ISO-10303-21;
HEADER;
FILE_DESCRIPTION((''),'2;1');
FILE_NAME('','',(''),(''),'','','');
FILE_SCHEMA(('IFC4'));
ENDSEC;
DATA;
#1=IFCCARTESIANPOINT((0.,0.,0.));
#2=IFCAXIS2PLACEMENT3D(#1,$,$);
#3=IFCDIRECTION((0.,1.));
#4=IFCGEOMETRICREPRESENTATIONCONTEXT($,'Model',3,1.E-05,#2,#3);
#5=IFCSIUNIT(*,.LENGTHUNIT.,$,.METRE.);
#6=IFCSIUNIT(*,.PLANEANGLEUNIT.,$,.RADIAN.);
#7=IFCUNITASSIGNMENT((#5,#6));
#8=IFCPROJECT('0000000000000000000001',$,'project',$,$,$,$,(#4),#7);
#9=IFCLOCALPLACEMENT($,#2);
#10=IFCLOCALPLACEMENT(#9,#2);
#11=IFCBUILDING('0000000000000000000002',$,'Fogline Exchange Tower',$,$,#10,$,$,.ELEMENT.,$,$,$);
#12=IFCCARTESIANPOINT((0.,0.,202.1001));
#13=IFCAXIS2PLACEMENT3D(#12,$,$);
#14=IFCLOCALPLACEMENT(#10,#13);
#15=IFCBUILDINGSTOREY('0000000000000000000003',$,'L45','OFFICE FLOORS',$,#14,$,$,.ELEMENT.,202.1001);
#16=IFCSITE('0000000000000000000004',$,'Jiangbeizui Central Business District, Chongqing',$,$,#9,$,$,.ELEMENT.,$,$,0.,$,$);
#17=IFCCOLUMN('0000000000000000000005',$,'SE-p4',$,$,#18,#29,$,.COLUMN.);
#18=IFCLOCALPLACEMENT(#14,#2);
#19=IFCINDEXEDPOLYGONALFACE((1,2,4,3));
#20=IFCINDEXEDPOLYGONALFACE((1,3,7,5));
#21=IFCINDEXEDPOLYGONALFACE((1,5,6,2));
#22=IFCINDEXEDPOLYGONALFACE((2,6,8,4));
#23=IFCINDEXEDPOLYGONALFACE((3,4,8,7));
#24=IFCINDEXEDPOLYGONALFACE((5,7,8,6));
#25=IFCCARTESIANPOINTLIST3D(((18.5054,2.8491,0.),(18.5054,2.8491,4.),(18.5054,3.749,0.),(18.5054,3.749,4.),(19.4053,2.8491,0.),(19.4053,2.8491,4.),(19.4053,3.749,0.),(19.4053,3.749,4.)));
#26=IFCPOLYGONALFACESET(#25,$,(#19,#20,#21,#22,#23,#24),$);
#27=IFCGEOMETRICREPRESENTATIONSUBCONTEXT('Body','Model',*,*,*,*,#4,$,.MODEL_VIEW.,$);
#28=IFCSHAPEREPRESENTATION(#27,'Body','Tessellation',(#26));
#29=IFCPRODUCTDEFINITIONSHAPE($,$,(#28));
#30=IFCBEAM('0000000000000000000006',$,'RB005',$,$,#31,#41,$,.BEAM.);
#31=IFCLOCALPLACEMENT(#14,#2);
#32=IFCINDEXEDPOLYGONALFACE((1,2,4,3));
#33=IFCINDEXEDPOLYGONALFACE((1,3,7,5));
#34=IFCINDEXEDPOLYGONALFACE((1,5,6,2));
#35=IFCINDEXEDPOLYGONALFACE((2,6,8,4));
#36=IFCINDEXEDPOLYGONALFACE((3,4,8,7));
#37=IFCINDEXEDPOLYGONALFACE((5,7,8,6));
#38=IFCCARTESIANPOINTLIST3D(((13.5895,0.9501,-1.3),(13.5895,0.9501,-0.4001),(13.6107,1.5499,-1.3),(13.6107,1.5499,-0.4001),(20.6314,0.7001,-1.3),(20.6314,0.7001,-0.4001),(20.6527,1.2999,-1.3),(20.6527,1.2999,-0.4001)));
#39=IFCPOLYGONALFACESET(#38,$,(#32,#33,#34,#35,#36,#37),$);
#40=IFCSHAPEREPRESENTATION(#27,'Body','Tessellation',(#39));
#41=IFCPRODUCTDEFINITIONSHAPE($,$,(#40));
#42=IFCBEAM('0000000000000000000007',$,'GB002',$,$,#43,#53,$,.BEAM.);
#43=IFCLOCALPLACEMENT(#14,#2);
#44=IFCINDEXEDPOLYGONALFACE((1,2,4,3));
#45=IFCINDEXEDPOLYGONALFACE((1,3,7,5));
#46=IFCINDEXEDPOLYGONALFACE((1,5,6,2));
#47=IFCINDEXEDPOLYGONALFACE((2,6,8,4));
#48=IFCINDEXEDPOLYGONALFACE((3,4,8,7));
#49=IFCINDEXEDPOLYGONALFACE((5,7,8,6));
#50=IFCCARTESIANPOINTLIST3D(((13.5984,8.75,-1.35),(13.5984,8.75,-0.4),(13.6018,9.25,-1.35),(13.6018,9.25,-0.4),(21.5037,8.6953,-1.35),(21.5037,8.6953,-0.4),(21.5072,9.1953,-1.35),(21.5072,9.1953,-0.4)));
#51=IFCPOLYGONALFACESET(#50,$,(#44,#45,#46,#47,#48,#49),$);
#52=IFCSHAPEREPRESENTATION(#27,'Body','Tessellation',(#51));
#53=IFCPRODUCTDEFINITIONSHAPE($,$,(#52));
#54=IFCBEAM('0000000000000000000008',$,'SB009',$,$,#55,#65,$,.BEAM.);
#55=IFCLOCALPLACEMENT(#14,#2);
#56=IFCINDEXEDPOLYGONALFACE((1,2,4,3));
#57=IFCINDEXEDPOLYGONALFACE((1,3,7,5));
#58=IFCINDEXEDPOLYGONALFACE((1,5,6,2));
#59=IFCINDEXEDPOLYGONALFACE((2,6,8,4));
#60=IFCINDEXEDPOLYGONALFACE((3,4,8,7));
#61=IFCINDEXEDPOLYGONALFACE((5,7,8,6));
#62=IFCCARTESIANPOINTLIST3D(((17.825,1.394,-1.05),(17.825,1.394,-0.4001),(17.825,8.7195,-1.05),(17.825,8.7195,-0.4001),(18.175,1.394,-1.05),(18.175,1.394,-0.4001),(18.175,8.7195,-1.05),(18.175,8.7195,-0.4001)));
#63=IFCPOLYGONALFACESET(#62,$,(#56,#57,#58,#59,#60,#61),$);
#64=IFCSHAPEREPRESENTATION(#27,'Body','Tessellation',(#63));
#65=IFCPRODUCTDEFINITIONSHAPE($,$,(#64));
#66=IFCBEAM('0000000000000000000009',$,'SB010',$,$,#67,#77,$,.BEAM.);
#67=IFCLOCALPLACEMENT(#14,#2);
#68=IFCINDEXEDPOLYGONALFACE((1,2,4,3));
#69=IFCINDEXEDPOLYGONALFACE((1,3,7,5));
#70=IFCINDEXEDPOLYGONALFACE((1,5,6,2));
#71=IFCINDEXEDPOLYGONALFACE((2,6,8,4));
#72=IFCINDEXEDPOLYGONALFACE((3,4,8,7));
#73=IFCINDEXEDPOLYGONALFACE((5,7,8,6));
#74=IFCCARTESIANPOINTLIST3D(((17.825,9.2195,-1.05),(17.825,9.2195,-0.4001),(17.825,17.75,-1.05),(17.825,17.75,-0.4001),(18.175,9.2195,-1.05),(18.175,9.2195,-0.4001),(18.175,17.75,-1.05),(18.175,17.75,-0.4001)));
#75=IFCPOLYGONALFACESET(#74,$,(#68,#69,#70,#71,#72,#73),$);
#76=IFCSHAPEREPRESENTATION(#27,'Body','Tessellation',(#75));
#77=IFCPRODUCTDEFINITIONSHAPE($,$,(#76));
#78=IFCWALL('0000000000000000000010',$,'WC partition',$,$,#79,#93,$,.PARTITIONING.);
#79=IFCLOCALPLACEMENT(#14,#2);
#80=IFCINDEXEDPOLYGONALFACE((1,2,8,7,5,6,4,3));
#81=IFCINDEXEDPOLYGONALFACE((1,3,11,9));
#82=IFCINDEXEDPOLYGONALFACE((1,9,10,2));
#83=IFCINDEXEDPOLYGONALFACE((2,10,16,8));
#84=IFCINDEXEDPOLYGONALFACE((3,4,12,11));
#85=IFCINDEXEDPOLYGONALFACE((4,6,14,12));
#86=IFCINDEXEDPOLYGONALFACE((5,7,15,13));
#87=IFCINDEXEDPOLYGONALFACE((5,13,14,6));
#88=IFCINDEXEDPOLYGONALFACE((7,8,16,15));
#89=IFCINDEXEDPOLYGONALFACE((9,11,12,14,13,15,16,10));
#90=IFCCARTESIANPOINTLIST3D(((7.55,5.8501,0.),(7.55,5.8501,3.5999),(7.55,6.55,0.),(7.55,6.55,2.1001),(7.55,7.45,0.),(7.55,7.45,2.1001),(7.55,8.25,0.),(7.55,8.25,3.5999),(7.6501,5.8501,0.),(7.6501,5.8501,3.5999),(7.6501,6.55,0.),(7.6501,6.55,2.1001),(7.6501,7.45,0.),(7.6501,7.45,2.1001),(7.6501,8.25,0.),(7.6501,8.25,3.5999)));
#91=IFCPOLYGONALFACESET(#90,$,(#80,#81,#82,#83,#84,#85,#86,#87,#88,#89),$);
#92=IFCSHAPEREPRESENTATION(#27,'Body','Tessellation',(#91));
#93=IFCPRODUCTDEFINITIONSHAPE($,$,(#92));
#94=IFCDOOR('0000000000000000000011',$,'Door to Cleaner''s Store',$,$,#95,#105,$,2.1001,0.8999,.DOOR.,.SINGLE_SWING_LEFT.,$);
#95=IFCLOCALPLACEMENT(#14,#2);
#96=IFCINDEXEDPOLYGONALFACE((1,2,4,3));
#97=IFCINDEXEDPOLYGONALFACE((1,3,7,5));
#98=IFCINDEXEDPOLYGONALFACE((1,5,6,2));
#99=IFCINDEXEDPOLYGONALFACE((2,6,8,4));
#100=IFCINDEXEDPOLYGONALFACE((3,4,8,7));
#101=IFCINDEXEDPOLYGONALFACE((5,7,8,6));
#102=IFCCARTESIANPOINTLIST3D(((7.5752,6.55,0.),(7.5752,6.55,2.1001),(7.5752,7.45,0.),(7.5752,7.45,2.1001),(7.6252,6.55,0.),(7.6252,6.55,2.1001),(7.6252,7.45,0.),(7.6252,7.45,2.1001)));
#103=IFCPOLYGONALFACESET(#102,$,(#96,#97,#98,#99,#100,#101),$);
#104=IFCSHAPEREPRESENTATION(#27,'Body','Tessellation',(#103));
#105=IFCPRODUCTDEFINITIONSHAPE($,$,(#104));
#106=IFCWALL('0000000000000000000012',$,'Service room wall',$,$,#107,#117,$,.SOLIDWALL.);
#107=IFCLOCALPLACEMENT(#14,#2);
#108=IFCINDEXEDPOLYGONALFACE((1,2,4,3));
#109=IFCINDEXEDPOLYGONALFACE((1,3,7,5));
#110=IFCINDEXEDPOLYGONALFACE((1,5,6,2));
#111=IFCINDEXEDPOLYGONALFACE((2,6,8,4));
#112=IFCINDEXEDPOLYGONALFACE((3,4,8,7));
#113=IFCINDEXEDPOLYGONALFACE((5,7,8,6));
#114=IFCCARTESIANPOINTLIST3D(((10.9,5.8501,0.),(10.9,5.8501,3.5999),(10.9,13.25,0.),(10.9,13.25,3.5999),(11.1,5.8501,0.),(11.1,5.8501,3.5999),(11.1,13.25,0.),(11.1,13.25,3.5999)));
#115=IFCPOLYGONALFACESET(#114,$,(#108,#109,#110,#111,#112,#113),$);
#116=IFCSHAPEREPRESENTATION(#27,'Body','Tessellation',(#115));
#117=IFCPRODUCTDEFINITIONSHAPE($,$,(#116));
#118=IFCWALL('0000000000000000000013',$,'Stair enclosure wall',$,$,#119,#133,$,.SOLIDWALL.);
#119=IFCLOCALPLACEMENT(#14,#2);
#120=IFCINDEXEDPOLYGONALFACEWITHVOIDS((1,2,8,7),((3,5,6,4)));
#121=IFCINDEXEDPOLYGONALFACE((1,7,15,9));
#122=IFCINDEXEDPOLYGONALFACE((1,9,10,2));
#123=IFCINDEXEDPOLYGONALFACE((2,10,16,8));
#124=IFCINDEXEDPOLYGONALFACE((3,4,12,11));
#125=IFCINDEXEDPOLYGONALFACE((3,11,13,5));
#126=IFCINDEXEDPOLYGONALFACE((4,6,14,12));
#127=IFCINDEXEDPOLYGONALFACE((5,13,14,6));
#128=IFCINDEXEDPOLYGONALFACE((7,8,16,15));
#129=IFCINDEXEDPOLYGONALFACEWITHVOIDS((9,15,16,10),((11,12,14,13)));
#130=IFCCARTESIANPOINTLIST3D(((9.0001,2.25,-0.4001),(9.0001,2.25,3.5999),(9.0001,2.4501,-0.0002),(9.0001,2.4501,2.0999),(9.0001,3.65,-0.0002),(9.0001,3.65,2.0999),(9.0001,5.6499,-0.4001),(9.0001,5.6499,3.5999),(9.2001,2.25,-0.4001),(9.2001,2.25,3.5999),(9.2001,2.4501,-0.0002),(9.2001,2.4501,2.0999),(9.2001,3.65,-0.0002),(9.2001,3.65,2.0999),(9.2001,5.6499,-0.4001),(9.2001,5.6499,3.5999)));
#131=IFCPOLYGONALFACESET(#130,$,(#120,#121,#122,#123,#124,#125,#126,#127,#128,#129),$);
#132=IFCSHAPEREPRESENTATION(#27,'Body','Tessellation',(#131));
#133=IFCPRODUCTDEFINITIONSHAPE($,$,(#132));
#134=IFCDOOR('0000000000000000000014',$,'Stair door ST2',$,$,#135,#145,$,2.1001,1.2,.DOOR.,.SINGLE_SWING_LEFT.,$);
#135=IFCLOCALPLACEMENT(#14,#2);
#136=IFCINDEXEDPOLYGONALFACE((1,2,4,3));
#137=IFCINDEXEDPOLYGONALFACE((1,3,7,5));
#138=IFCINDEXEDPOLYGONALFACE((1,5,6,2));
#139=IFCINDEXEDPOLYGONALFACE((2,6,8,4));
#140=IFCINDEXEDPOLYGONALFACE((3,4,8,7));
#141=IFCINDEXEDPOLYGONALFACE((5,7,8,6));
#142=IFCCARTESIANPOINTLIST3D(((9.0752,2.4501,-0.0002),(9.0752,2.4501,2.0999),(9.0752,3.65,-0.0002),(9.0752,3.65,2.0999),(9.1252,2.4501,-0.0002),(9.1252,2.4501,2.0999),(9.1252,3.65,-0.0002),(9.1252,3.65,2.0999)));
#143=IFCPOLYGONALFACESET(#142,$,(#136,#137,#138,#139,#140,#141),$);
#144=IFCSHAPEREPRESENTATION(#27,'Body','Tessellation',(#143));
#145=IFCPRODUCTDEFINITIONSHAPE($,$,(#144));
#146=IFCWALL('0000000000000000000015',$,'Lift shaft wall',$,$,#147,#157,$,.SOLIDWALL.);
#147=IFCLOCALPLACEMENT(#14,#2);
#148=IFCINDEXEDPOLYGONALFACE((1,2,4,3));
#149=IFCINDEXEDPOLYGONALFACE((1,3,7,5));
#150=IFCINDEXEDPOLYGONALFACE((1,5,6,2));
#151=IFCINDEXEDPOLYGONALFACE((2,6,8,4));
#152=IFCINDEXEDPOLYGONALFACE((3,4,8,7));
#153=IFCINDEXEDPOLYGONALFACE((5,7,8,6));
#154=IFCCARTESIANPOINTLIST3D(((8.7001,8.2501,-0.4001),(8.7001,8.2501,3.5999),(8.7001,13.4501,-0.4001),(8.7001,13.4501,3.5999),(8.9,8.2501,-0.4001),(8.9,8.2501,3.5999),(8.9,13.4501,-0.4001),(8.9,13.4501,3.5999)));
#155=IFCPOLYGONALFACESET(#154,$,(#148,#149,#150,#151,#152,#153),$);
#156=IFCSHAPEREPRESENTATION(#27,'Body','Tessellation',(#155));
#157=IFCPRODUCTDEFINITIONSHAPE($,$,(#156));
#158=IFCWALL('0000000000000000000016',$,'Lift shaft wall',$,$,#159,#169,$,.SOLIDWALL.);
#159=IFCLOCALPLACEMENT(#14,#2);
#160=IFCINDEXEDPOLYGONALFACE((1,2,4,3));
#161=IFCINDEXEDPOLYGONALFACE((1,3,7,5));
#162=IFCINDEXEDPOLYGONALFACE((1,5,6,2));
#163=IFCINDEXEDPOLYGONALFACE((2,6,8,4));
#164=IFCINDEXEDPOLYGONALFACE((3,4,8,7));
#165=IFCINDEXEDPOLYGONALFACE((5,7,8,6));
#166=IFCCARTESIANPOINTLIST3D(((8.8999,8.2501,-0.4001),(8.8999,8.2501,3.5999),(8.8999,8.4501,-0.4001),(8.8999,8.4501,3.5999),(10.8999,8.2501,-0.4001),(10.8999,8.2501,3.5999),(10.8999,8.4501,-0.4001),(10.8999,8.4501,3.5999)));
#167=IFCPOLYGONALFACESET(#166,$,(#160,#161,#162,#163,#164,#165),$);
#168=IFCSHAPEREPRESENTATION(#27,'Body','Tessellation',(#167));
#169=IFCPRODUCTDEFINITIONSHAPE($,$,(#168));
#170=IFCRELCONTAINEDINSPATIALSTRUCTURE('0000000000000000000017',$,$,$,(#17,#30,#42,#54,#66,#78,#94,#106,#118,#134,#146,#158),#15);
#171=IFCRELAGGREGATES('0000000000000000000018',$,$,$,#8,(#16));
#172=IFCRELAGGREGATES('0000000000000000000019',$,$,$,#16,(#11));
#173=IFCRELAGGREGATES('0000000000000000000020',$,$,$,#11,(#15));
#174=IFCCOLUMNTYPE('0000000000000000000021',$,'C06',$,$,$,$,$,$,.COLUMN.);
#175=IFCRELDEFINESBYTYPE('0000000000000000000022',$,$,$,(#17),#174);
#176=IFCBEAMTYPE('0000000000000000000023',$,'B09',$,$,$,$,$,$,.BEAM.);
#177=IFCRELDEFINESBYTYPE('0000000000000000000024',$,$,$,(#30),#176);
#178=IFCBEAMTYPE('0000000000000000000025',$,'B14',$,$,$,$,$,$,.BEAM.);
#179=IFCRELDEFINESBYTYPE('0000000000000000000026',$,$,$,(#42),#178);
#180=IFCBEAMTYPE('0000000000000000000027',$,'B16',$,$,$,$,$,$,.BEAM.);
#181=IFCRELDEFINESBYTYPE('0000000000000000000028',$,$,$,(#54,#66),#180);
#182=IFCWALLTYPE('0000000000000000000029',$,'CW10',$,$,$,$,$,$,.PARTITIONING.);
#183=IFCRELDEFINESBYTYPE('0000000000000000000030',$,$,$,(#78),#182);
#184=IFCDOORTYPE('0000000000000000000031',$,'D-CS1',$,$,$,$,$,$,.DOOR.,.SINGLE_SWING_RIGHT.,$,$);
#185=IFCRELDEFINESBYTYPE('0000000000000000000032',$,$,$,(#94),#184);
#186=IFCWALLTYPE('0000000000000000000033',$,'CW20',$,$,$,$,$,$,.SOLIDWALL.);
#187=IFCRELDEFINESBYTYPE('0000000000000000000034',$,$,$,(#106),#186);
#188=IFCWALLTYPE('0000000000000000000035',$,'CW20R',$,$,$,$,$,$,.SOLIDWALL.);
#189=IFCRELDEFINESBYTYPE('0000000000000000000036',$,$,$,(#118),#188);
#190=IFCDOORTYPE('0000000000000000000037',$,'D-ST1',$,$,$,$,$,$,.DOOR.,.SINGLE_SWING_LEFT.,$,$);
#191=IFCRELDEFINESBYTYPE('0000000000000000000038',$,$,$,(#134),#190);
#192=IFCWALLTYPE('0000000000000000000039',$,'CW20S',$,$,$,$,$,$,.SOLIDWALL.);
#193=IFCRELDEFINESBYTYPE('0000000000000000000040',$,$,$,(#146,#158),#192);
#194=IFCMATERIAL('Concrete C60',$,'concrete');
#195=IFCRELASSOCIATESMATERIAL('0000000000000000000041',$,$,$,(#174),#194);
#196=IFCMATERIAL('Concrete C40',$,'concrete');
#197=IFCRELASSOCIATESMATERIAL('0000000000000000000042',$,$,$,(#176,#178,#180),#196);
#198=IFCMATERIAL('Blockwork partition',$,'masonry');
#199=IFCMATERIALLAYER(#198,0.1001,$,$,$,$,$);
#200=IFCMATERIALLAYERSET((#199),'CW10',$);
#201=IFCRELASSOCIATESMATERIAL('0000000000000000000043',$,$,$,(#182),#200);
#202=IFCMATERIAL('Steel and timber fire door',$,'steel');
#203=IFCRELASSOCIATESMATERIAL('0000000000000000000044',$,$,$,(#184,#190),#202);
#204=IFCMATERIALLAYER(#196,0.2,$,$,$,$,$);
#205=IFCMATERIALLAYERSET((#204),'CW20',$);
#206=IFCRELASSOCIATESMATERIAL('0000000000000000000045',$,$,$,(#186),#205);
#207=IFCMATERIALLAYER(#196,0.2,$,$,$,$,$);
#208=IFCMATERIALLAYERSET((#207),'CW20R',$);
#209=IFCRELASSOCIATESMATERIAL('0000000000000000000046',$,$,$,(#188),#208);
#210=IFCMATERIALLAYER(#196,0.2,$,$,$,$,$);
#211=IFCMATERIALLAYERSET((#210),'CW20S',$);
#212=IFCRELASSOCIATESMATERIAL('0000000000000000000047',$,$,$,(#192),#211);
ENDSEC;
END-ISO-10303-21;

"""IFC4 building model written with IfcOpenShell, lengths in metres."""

from ifc_helpers import new_model, si_unit, direction, frame, frame_2d, origin, origin_2d, place, context, subcontext, project, spatial, rectangle, extrude, material, layer, layer_set, material_profile, profile_set, type_object, element, fill, save


model = new_model("IFC4")

# Units and contexts
model_context = context("Model", 3, precision=1e-05, world=origin(), true_north=direction((0.0, 1.0)))
body_context = subcontext(model_context, "Body", "Model", "MODEL_VIEW")
ifc_project = project(units=[si_unit("LENGTHUNIT", "METRE"), si_unit("PLANEANGLEUNIT", "RADIAN")], contexts=[model_context])

# Site, building, storey
site_placement = place(None, origin())
site = spatial("IfcSite", under=ifc_project, at=site_placement, Name="Jiangbeizui Central Business District, Chongqing", CompositionType="ELEMENT", RefElevation=0.0)
building_placement = place(site_placement, origin())
building = spatial("IfcBuilding", under=site, at=building_placement, Name="Fogline Exchange Tower", CompositionType="ELEMENT")
storey_placement = place(building_placement, frame((0.0, 0.0, 202.1001)))
storey = spatial("IfcBuildingStorey", under=building, at=storey_placement, Name="L45", Description="OFFICE FLOORS", CompositionType="ELEMENT", Elevation=202.1001)

# Column
ifc_material_1 = material(Name="Concrete C60", Category="concrete")
ifc_material_profile_1 = material_profile(ifc_material_1, rectangle(XDim=0.8999, YDim=0.8999, at=origin_2d()), Name="RC 900x900")
ifc_profile_set_1 = profile_set([ifc_material_profile_1], Name="Concrete C60")
column_type = type_object("IfcColumnType", Name="C06", PredefinedType="COLUMN", material=ifc_profile_set_1)
column_placement = place(storey_placement, frame((18.9553, 3.2991, 0.0), z_axis=(0.0, 0.0, 1.0), x_axis=(1.0, 0.0, 0.0)))
element("IfcColumn", 1, at=column_placement, inside=storey, type_object=column_type, Name="SE-p4", PredefinedType="COLUMN", context=body_context, shape_type="SweptSolid", body=[
    extrude(rectangle(XDim=0.8999, YDim=0.8999, at=origin_2d()), origin(), (0.0, 0.0, 1.0), 4.0),
])

# Beams
ifc_material_2 = material(Name="Concrete C40", Category="concrete")
ifc_material_profile_2 = material_profile(ifc_material_2, rectangle(XDim=0.6001, YDim=0.8999, at=origin_2d()), Name="RC 600x900")
ifc_profile_set_2 = profile_set([ifc_material_profile_2], Name="Concrete C40")
beam_type_1 = type_object("IfcBeamType", Name="B09", PredefinedType="BEAM", material=ifc_profile_set_2)
beam_1_placement = place(storey_placement, frame((13.6001, 1.25, -0.8501), z_axis=(0.99937, -0.035479, 0.0), x_axis=(0.035479, 0.99937, 0.0)))
element("IfcBeam", 2, at=beam_1_placement, inside=storey, type_object=beam_type_1, Name="RB005", PredefinedType="BEAM", context=body_context, shape_type="SweptSolid", body=[
    extrude(rectangle(XDim=0.6001, YDim=0.8999, at=origin_2d()), origin(), (0.0, 0.0, 1.0), 7.0464),
])
ifc_material_profile_3 = material_profile(ifc_material_2, rectangle(XDim=0.5, YDim=0.95, at=origin_2d()), Name="RC 500x950")
ifc_profile_set_3 = profile_set([ifc_material_profile_3], Name="Concrete C40")
beam_type_2 = type_object("IfcBeamType", Name="B14", PredefinedType="BEAM", material=ifc_profile_set_3)
beam_2_placement = place(storey_placement, frame((13.6001, 9.0, -0.875), z_axis=(0.999976, -0.006918, 0.0), x_axis=(0.006918, 0.999976, 0.0)))
element("IfcBeam", 3, at=beam_2_placement, inside=storey, type_object=beam_type_2, Name="GB002", PredefinedType="BEAM", context=body_context, shape_type="SweptSolid", body=[
    extrude(rectangle(XDim=0.5, YDim=0.95, at=origin_2d()), origin(), (0.0, 0.0, 1.0), 7.9055),
])
ifc_material_profile_4 = material_profile(ifc_material_2, rectangle(XDim=0.3501, YDim=0.6499, at=origin_2d()), Name="RC 350x650")
ifc_profile_set_4 = profile_set([ifc_material_profile_4], Name="Concrete C40")
beam_type_3 = type_object("IfcBeamType", Name="B16", PredefinedType="BEAM", material=ifc_profile_set_4)
beam_3_placement = place(storey_placement, frame((18.0, 1.394, -0.7251), z_axis=(0.0, 1.0, 0.0), x_axis=(-1.0, 0.0, 0.0)))
element("IfcBeam", 4, at=beam_3_placement, inside=storey, type_object=beam_type_3, Name="SB009", PredefinedType="BEAM", context=body_context, shape_type="SweptSolid", body=[
    extrude(rectangle(XDim=0.3501, YDim=0.6499, at=origin_2d()), origin(), (0.0, 0.0, 1.0), 7.3254),
])
beam_4_placement = place(storey_placement, frame((18.0, 9.2195, -0.7251), z_axis=(0.0, 1.0, 0.0), x_axis=(-1.0, 0.0, 0.0)))
element("IfcBeam", 5, at=beam_4_placement, inside=storey, type_object=beam_type_3, Name="SB010", PredefinedType="BEAM", context=body_context, shape_type="SweptSolid", body=[
    extrude(rectangle(XDim=0.3501, YDim=0.6499, at=origin_2d()), origin(), (0.0, 0.0, 1.0), 8.5305),
])

# Wall, opening, door
ifc_material_3 = material(Name="Blockwork partition", Category="masonry")
ifc_layer_1 = layer(ifc_material_3, 0.1001)
ifc_layer_set_1 = layer_set([ifc_layer_1], Name="CW10")
wall_type_1 = type_object("IfcWallType", Name="CW10", PredefinedType="PARTITIONING", material=ifc_layer_set_1)
wall_1_placement = place(storey_placement, frame((7.6001, 5.8501, 0.0), z_axis=(0.0, 0.0, 1.0), x_axis=(0.0, 1.0, 0.0)))
wall_1 = element("IfcWall", 6, at=wall_1_placement, inside=storey, type_object=wall_type_1, Name="WC partition", PredefinedType="PARTITIONING", context=body_context, shape_type="SweptSolid", body=[
    extrude(rectangle(XDim=2.3999, YDim=0.1001, at=frame_2d((1.2, 0.0))), origin(), (0.0, 0.0, 1.0), 3.5999),
])
opening_1_placement = place(wall_1_placement, frame((0.7, 0.0, 0.0)))
opening_1 = element("IfcOpeningElement", 7, at=opening_1_placement, cuts=wall_1, PredefinedType="OPENING", context=body_context, shape_type="SweptSolid", body=[
    extrude(rectangle(XDim=0.8999, YDim=2.1001, at=frame_2d((0.45, 1.05))), frame((0.0, 0.0601, 0.0), z_axis=(0.0, -1.0, 0.0), x_axis=(1.0, 0.0, 0.0)), (0.0, 0.0, 1.0), 0.1201),
])
ifc_material_4 = material(Name="Steel and timber fire door", Category="steel")
door_type_1 = type_object("IfcDoorType", Name="D-CS1", OperationType="SINGLE_SWING_RIGHT", PredefinedType="DOOR", material=ifc_material_4)
door_1_placement = place(opening_1_placement, origin())
door_1 = element("IfcDoor", 8, at=door_1_placement, inside=storey, type_object=door_type_1, Name="Door to Cleaner's Store", OperationType="SINGLE_SWING_LEFT", OverallHeight=2.1001, OverallWidth=0.8999, PredefinedType="DOOR", context=body_context, shape_type="SweptSolid", body=[
    extrude(rectangle(XDim=0.8999, YDim=2.1001, at=frame_2d((0.45, 1.05))), frame((0.0, 0.0249, 0.0), z_axis=(0.0, -1.0, 0.0), x_axis=(1.0, 0.0, 0.0)), (0.0, 0.0, 1.0), 0.05),
])
fill(opening_1, door_1)

# Wall
ifc_layer_2 = layer(ifc_material_2, 0.2)
ifc_layer_set_2 = layer_set([ifc_layer_2], Name="CW20")
wall_type_2 = type_object("IfcWallType", Name="CW20", PredefinedType="SOLIDWALL", material=ifc_layer_set_2)
wall_2_placement = place(storey_placement, frame((11.0, 5.8501, 0.0), z_axis=(0.0, 0.0, 1.0), x_axis=(0.0, 1.0, 0.0)))
element("IfcWall", 9, at=wall_2_placement, inside=storey, type_object=wall_type_2, Name="Service room wall", PredefinedType="SOLIDWALL", context=body_context, shape_type="SweptSolid", body=[
    extrude(rectangle(XDim=7.3999, YDim=0.2, at=frame_2d((3.7, 0.0))), origin(), (0.0, 0.0, 1.0), 3.5999),
])

# Wall, opening, door
ifc_layer_3 = layer(ifc_material_2, 0.2)
ifc_layer_set_3 = layer_set([ifc_layer_3], Name="CW20R")
wall_type_3 = type_object("IfcWallType", Name="CW20R", PredefinedType="SOLIDWALL", material=ifc_layer_set_3)
wall_3_placement = place(storey_placement, frame((9.1001, 2.25, -0.4001), z_axis=(0.0, 0.0, 1.0), x_axis=(0.0, 1.0, 0.0)))
wall_3 = element("IfcWall", 10, at=wall_3_placement, inside=storey, type_object=wall_type_3, Name="Stair enclosure wall", PredefinedType="SOLIDWALL", context=body_context, shape_type="SweptSolid", body=[
    extrude(rectangle(XDim=3.3999, YDim=0.2, at=frame_2d((1.7, 0.0))), origin(), (0.0, 0.0, 1.0), 4.0),
])
opening_2_placement = place(wall_3_placement, frame((0.2, 0.0, 0.3999)))
opening_2 = element("IfcOpeningElement", 11, at=opening_2_placement, cuts=wall_3, PredefinedType="OPENING", context=body_context, shape_type="SweptSolid", body=[
    extrude(rectangle(XDim=1.2, YDim=2.1001, at=frame_2d((0.6001, 1.05))), frame((0.0, 0.1099, 0.0), z_axis=(0.0, -1.0, 0.0), x_axis=(1.0, 0.0, 0.0)), (0.0, 0.0, 1.0), 0.22),
])
door_type_2 = type_object("IfcDoorType", Name="D-ST1", OperationType="SINGLE_SWING_LEFT", PredefinedType="DOOR", material=ifc_material_4)
door_2_placement = place(opening_2_placement, origin())
door_2 = element("IfcDoor", 12, at=door_2_placement, inside=storey, type_object=door_type_2, Name="Stair door ST2", OperationType="SINGLE_SWING_LEFT", OverallHeight=2.1001, OverallWidth=1.2, PredefinedType="DOOR", context=body_context, shape_type="SweptSolid", body=[
    extrude(rectangle(XDim=1.2, YDim=2.1001, at=frame_2d((0.6001, 1.05))), frame((0.0, 0.0249, 0.0), z_axis=(0.0, -1.0, 0.0), x_axis=(1.0, 0.0, 0.0)), (0.0, 0.0, 1.0), 0.05),
])
fill(opening_2, door_2)

# Walls
ifc_layer_4 = layer(ifc_material_2, 0.2)
ifc_layer_set_4 = layer_set([ifc_layer_4], Name="CW20S")
wall_type_4 = type_object("IfcWallType", Name="CW20S", PredefinedType="SOLIDWALL", material=ifc_layer_set_4)
wall_4_placement = place(storey_placement, frame((8.8, 8.25, -0.4001), z_axis=(0.0, 0.0, 1.0), x_axis=(0.0, 1.0, 0.0)))
element("IfcWall", 13, at=wall_4_placement, inside=storey, type_object=wall_type_4, Name="Lift shaft wall", PredefinedType="SOLIDWALL", context=body_context, shape_type="SweptSolid", body=[
    extrude(rectangle(XDim=5.2, YDim=0.2, at=frame_2d((2.6001, 0.0))), origin(), (0.0, 0.0, 1.0), 4.0),
])
wall_5_placement = place(storey_placement, frame((8.8999, 8.3501, -0.4001), z_axis=(0.0, 0.0, 1.0), x_axis=(1.0, 0.0, 0.0)))
element("IfcWall", 14, at=wall_5_placement, inside=storey, type_object=wall_type_4, Name="Lift shaft wall", PredefinedType="SOLIDWALL", context=body_context, shape_type="SweptSolid", body=[
    extrude(rectangle(XDim=2.0, YDim=0.2, at=frame_2d((1.0, 0.0))), origin(), (0.0, 0.0, 1.0), 4.0),
])

save(model, "model.ifc")
